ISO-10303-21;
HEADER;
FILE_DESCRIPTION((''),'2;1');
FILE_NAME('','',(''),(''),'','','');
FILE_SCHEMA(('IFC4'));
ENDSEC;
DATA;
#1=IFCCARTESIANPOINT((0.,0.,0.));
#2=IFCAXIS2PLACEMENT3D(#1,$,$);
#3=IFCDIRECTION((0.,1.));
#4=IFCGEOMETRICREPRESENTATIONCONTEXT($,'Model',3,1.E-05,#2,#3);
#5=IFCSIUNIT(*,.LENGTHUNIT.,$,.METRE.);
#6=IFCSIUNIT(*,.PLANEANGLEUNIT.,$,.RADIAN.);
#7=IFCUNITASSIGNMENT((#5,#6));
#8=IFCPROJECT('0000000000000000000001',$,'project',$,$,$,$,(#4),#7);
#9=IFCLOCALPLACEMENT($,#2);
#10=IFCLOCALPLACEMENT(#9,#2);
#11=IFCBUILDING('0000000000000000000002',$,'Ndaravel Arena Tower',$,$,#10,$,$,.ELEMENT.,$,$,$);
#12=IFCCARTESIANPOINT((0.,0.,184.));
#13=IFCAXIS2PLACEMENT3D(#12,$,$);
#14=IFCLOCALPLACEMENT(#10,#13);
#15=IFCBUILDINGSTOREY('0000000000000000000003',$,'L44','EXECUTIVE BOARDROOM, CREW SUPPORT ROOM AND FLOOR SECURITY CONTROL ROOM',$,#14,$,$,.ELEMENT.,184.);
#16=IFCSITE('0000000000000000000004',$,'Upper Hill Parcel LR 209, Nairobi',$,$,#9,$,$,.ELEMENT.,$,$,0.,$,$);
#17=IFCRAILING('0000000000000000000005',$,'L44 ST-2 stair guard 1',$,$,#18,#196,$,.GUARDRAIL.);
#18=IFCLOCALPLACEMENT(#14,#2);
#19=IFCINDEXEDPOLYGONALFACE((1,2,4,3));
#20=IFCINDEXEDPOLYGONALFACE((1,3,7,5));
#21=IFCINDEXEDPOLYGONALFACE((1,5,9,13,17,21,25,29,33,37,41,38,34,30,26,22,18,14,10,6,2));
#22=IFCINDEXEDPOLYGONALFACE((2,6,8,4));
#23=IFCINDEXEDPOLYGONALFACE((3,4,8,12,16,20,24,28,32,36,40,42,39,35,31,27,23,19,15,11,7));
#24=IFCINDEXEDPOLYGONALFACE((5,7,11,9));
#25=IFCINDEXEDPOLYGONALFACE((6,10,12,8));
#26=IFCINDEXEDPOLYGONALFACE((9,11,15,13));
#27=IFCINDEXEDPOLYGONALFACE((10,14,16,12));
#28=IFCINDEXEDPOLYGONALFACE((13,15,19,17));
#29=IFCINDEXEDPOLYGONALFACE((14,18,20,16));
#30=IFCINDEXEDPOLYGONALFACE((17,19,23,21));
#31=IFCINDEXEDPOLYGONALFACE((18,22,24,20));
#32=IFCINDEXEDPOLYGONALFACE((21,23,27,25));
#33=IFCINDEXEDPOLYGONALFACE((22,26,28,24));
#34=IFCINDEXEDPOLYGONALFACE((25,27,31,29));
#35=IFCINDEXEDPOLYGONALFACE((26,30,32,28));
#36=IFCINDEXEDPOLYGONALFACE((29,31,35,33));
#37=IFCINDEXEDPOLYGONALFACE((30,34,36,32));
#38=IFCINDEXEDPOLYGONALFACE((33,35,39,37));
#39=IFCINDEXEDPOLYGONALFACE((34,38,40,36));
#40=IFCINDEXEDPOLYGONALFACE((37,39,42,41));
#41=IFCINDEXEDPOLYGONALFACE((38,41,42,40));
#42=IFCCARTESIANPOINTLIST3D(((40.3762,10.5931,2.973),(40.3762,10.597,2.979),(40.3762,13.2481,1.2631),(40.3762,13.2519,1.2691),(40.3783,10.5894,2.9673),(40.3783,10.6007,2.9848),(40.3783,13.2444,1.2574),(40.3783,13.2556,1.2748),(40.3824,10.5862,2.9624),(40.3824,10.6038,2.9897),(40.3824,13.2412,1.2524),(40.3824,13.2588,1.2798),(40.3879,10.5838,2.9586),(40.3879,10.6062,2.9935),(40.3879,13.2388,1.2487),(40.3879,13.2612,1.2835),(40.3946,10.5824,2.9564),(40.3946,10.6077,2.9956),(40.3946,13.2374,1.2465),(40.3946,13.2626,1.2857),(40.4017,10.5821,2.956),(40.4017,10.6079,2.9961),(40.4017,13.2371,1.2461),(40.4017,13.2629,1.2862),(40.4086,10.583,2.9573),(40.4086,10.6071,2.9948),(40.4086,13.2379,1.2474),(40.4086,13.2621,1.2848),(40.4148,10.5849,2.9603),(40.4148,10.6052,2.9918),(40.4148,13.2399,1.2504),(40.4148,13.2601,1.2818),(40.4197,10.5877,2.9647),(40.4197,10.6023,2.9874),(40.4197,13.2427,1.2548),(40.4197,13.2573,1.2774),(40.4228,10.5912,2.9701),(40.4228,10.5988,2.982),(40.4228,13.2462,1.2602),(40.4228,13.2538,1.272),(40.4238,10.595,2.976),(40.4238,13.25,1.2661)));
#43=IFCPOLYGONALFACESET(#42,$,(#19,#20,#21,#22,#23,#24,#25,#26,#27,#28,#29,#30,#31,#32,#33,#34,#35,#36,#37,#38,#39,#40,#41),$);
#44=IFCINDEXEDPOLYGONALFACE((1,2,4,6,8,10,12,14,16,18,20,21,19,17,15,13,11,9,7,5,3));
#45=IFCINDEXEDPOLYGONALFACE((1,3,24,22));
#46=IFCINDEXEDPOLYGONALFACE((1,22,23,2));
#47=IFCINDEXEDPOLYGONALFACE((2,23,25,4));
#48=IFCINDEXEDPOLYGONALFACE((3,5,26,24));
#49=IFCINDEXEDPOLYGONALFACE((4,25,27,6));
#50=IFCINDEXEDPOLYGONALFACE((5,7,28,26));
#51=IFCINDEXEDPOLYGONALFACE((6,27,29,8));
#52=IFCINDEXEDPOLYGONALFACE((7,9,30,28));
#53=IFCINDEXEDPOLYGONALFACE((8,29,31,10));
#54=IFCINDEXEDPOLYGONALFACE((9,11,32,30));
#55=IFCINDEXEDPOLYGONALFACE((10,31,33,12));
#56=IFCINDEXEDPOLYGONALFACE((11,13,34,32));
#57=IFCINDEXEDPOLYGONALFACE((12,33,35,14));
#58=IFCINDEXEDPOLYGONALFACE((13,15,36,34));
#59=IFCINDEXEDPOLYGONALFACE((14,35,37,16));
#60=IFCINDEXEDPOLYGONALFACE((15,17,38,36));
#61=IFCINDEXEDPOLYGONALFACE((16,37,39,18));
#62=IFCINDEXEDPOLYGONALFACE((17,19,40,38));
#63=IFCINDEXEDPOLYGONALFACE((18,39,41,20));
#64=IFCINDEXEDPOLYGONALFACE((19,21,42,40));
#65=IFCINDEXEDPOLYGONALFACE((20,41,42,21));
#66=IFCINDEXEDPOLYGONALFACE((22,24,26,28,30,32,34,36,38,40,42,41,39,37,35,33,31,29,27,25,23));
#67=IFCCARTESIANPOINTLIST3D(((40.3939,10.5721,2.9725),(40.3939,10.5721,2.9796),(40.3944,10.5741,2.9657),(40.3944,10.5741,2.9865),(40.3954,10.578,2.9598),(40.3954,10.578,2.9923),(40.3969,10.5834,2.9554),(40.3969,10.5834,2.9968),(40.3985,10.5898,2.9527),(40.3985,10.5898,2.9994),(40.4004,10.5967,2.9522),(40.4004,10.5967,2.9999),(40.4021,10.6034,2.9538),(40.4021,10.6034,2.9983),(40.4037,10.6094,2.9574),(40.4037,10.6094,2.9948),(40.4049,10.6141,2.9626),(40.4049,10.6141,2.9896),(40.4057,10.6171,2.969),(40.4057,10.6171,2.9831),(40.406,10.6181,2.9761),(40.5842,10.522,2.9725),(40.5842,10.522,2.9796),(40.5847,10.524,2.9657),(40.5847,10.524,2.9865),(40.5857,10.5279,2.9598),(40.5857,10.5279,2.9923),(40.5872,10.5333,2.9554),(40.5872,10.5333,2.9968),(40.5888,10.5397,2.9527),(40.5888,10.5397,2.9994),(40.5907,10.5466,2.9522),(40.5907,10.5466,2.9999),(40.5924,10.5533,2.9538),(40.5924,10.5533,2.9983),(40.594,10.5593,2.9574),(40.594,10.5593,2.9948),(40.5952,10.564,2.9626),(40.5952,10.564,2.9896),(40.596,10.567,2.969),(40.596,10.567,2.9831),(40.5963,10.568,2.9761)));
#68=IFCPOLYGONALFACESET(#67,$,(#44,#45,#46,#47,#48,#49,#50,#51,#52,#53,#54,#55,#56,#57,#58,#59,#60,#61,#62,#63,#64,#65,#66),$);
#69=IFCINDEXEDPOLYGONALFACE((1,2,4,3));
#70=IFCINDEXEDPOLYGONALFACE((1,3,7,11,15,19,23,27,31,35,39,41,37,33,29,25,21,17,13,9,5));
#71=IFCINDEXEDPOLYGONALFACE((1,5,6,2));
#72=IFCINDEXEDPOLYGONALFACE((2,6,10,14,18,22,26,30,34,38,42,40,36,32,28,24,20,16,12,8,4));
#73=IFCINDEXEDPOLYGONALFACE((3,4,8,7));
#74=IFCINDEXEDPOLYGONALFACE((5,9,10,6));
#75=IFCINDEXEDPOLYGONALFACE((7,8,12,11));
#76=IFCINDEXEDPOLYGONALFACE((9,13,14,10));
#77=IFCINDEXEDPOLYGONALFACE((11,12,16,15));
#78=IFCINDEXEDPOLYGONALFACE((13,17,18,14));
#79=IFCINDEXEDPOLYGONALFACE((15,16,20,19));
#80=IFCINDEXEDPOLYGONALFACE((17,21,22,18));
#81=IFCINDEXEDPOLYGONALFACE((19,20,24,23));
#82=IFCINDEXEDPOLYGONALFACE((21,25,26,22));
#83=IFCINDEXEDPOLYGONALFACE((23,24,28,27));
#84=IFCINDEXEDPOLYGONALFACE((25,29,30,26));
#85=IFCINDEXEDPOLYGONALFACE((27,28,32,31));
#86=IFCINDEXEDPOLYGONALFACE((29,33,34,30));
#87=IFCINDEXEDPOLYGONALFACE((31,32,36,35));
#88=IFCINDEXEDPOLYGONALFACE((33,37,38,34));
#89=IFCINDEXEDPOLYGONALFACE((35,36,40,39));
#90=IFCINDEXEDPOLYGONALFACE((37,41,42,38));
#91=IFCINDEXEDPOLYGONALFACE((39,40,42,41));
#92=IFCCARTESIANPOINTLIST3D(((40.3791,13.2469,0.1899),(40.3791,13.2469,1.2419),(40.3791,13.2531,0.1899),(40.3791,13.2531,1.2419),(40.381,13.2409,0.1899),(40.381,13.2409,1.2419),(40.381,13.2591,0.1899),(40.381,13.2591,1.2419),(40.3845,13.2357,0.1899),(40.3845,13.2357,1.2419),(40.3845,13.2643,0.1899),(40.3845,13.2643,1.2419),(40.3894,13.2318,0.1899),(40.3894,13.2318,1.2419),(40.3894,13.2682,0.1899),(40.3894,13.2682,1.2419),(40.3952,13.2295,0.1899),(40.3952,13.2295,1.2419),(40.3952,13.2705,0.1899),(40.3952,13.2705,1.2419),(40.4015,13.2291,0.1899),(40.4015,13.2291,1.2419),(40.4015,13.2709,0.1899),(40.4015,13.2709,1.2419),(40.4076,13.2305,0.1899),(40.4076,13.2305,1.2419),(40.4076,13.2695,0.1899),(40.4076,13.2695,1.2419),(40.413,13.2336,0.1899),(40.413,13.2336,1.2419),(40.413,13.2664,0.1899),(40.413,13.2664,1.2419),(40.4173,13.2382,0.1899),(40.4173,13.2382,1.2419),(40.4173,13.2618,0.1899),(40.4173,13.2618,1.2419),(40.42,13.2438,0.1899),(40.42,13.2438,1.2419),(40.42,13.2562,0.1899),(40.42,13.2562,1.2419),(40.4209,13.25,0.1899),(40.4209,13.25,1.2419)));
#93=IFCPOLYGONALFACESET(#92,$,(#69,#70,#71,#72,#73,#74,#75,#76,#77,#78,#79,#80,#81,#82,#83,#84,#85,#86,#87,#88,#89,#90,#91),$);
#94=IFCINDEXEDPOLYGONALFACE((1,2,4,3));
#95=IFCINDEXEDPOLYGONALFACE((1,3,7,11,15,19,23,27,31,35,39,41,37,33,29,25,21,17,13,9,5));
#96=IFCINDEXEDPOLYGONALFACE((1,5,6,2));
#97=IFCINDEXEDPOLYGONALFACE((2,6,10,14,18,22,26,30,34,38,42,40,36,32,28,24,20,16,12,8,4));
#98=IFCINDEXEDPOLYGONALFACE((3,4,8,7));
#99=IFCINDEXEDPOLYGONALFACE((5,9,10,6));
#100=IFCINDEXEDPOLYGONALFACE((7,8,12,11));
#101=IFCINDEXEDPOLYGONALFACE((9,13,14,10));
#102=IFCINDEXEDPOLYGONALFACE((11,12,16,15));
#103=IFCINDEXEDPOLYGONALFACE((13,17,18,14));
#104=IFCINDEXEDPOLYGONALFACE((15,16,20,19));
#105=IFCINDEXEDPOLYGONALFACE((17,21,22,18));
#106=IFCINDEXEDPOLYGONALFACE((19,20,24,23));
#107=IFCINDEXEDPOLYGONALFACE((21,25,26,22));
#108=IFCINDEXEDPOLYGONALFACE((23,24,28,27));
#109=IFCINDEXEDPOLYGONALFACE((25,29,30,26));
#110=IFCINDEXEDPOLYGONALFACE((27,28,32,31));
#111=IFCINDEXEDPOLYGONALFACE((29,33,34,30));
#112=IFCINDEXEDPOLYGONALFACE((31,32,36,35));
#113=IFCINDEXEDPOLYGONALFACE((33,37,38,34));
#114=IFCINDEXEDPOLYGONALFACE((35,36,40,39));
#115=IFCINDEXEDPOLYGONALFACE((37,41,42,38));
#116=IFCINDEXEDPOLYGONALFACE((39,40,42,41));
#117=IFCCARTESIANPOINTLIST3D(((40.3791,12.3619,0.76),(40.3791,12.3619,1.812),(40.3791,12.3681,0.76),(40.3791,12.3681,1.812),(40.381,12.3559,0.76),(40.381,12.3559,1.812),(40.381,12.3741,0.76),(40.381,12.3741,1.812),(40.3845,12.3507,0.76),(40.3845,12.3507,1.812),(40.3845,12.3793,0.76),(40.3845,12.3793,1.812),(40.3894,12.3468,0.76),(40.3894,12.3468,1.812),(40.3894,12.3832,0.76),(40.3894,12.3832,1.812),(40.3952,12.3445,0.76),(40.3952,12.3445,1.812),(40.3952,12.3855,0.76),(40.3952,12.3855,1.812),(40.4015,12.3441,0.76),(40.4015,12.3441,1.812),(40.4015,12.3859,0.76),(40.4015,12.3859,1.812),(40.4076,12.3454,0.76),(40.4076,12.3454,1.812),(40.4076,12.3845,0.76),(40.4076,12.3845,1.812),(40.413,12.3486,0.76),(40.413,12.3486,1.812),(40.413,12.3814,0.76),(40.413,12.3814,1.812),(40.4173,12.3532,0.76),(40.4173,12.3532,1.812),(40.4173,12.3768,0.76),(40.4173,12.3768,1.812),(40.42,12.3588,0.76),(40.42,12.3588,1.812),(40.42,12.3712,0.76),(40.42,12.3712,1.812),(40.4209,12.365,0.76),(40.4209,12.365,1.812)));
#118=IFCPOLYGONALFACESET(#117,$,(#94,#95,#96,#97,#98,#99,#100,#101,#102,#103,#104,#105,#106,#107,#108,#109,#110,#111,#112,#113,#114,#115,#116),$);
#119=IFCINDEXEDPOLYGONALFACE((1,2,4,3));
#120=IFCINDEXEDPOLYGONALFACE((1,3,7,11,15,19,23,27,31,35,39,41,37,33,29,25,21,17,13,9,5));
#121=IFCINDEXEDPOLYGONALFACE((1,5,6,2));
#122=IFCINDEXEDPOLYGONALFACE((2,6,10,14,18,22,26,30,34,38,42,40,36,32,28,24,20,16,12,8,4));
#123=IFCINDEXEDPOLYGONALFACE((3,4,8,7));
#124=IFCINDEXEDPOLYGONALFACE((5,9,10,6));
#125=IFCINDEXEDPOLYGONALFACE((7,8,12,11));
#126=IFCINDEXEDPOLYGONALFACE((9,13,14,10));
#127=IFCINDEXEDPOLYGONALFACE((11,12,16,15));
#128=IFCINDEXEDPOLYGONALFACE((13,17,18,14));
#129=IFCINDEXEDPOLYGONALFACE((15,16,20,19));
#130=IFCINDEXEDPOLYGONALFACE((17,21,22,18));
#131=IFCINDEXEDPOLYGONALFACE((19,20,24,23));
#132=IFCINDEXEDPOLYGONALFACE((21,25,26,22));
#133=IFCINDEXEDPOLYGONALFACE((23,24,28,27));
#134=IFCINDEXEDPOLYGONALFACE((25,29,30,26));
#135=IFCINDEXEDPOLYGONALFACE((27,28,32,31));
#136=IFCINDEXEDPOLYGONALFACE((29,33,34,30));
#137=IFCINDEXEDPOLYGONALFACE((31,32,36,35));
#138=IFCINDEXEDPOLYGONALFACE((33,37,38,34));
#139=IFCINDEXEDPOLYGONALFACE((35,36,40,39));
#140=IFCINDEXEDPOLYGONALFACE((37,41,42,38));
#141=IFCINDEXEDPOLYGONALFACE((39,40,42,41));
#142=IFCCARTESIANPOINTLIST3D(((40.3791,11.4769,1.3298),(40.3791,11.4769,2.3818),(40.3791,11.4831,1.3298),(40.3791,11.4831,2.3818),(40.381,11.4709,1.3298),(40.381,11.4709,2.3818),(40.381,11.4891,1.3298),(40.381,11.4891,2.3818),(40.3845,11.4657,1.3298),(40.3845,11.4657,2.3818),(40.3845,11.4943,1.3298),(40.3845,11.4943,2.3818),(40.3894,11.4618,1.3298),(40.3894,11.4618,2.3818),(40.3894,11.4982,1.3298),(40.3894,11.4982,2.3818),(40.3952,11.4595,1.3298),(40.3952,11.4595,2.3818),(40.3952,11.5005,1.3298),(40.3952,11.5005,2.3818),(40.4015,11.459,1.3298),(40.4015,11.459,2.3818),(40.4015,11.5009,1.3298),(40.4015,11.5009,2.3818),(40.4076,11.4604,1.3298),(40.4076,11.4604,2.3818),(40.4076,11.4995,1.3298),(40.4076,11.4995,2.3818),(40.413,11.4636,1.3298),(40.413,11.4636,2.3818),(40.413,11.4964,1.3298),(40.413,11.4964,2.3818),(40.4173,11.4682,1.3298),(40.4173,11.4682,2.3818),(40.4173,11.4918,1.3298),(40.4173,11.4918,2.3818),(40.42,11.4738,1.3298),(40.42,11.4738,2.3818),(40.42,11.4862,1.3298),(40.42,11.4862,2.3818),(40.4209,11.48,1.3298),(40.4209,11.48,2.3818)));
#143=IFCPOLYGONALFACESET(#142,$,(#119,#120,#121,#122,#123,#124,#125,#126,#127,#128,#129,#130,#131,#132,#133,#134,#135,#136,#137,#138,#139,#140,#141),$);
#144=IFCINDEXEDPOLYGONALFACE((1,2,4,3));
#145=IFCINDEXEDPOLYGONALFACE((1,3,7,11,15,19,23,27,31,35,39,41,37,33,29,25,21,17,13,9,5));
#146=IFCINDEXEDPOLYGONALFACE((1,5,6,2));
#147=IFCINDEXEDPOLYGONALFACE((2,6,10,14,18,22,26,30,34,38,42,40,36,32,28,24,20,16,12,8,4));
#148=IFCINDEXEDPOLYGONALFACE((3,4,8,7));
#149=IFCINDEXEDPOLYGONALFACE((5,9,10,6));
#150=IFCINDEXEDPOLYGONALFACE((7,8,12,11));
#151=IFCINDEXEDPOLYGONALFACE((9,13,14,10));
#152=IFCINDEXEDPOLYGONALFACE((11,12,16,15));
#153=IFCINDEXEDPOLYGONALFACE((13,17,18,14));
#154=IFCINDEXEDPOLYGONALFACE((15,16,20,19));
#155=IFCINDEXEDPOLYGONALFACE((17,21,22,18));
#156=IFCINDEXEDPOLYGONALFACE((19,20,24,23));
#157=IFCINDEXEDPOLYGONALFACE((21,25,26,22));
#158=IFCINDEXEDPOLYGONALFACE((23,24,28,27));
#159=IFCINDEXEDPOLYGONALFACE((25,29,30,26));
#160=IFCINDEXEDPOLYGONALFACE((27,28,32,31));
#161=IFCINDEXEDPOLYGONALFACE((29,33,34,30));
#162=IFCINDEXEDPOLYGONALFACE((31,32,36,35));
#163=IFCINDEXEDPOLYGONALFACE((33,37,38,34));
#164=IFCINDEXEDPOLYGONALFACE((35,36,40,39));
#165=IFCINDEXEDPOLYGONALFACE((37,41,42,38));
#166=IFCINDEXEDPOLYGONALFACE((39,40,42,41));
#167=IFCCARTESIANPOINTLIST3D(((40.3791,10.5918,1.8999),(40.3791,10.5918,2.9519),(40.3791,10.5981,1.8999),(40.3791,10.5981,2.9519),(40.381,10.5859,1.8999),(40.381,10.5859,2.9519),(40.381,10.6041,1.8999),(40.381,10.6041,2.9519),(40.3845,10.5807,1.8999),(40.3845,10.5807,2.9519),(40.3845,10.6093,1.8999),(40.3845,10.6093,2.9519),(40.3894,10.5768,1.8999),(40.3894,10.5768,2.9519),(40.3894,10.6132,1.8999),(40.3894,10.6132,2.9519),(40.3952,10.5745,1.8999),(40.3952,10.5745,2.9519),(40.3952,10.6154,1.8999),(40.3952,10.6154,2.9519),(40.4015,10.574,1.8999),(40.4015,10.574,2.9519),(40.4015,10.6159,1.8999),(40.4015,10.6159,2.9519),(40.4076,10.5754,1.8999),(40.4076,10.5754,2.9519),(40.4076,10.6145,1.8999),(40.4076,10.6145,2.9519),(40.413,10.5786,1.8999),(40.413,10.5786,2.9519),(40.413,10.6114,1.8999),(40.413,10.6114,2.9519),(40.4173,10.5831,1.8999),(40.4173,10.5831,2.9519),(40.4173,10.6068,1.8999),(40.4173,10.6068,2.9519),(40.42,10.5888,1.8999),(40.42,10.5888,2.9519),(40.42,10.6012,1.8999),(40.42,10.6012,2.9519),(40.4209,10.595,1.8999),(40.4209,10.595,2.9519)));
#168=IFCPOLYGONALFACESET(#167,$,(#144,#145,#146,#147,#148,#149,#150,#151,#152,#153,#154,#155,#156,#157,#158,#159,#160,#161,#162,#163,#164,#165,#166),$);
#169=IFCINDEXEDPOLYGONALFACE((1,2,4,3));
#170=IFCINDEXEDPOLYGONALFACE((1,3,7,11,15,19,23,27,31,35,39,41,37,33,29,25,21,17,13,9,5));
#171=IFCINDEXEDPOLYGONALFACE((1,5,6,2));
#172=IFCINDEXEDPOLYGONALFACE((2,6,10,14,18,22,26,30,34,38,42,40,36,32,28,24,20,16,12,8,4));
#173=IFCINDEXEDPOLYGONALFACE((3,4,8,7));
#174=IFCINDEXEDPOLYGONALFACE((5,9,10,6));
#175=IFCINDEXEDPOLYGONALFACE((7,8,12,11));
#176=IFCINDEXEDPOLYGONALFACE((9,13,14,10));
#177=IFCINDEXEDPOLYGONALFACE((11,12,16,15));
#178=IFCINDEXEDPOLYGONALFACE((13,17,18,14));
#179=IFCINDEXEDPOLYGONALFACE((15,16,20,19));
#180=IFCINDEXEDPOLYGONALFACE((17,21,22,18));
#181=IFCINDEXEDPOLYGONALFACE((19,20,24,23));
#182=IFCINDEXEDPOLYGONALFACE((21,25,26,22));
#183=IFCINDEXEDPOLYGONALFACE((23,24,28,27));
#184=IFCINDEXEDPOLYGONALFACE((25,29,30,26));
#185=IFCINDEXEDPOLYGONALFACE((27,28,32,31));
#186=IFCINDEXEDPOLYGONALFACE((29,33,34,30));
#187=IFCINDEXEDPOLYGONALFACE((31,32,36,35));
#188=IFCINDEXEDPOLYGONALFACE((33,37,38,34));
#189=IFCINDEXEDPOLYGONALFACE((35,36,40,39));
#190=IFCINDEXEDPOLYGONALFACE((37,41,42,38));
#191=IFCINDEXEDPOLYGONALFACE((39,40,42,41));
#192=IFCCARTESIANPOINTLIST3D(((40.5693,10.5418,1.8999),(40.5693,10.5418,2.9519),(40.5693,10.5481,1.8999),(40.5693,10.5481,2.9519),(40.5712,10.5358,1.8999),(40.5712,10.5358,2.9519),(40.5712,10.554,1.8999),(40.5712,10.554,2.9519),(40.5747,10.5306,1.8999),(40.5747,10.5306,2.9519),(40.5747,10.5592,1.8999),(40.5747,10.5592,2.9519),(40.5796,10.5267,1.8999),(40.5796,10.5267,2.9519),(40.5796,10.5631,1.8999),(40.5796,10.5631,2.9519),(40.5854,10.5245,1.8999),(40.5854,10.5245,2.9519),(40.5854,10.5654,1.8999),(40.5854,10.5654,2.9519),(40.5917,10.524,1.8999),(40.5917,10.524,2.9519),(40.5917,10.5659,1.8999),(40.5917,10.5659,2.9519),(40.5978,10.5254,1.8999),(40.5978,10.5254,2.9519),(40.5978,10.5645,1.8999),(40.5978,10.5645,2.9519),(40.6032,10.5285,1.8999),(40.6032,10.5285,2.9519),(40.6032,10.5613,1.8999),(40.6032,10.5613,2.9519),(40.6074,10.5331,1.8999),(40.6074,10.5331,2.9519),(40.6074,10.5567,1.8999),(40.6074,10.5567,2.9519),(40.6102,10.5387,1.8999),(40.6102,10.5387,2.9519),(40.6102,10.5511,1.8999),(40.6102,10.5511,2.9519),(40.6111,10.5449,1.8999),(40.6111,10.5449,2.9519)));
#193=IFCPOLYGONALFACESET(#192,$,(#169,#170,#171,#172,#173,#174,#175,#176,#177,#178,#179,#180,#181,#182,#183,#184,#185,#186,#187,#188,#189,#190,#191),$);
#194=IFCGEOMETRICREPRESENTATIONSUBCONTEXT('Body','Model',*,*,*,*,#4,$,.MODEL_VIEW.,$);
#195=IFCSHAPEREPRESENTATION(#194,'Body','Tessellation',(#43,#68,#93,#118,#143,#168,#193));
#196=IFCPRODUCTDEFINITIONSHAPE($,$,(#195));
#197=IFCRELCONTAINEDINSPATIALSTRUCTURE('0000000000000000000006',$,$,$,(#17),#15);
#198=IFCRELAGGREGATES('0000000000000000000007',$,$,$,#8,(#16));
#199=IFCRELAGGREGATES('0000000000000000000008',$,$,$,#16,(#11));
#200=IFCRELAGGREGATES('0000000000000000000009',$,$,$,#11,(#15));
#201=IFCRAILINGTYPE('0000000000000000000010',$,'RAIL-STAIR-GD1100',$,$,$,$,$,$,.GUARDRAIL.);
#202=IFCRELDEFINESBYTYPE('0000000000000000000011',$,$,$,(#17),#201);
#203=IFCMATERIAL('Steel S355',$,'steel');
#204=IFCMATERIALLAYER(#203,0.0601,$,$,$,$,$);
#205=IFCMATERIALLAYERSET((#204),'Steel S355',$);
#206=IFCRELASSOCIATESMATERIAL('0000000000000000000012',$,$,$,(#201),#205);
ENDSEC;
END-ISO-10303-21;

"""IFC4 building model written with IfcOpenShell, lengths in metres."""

from ifc_helpers import new_model, si_unit, direction, frame, origin, origin_2d, place, context, subcontext, project, spatial, circle, extrude, material, layer, layer_set, type_object, element, save


model = new_model("IFC4")

# Units and contexts
model_context = context("Model", 3, precision=1e-05, world=origin(), true_north=direction((0.0, 1.0)))
body_context = subcontext(model_context, "Body", "Model", "MODEL_VIEW")
ifc_project = project(units=[si_unit("LENGTHUNIT", "METRE"), si_unit("PLANEANGLEUNIT", "RADIAN")], contexts=[model_context])

# Site, building, storey
site_placement = place(None, origin())
site = spatial("IfcSite", under=ifc_project, at=site_placement, Name="Upper Hill Parcel LR 209, Nairobi", CompositionType="ELEMENT", RefElevation=0.0)
building_placement = place(site_placement, origin())
building = spatial("IfcBuilding", under=site, at=building_placement, Name="Ndaravel Arena Tower", CompositionType="ELEMENT")
storey_placement = place(building_placement, frame((0.0, 0.0, 184.0)))
storey = spatial("IfcBuildingStorey", under=building, at=storey_placement, Name="L44", Description="EXECUTIVE BOARDROOM, CREW SUPPORT ROOM AND FLOOR SECURITY CONTROL ROOM", CompositionType="ELEMENT", Elevation=184.0)

# Railing
ifc_material_1 = material(Name="Steel S355", Category="steel")
ifc_layer_1 = layer(ifc_material_1, 0.0601)
ifc_layer_set_1 = layer_set([ifc_layer_1], Name="Steel S355")
railing_type_1 = type_object("IfcRailingType", Name="RAIL-STAIR-GD1100", PredefinedType="GUARDRAIL", material=ifc_layer_set_1)
railing_1_placement = place(storey_placement, frame((40.3999, 13.25, 0.1899)))
element("IfcRailing", 1, at=railing_1_placement, inside=storey, type_object=railing_type_1, Name="L44 ST-2 stair guard 1", PredefinedType="GUARDRAIL", context=body_context, shape_type="SweptSolid", body=[
    extrude(circle(Radius=0.0239, at=origin_2d()), frame((0.0, 0.0, 1.0762), z_axis=(0.0, -0.840724, 0.541465), x_axis=(1.0, 0.0, 0.0)), (0.0, 0.0, 1.0), 3.158),
    extrude(circle(Radius=0.0239, at=origin_2d()), frame((0.0, -2.655, 2.7861), z_axis=(0.967075, -0.254493, 0.0), x_axis=(0.254493, 0.967075, 0.0)), (0.0, 0.0, 1.0), 0.1968),
    extrude(circle(Radius=0.021, at=origin_2d()), origin(), (0.0, 0.0, 1.0), 1.052),
    extrude(circle(Radius=0.021, at=origin_2d()), frame((0.0, -0.885, 0.5701)), (0.0, 0.0, 1.0), 1.052),
    extrude(circle(Radius=0.021, at=origin_2d()), frame((0.0, -1.77, 1.1399)), (0.0, 0.0, 1.0), 1.052),
    extrude(circle(Radius=0.021, at=origin_2d()), frame((0.0, -2.655, 1.71)), (0.0, 0.0, 1.0), 1.052),
    extrude(circle(Radius=0.021, at=origin_2d()), frame((0.1902, -2.7051, 1.71)), (0.0, 0.0, 1.0), 1.052),
])

save(model, "model.ifc")
